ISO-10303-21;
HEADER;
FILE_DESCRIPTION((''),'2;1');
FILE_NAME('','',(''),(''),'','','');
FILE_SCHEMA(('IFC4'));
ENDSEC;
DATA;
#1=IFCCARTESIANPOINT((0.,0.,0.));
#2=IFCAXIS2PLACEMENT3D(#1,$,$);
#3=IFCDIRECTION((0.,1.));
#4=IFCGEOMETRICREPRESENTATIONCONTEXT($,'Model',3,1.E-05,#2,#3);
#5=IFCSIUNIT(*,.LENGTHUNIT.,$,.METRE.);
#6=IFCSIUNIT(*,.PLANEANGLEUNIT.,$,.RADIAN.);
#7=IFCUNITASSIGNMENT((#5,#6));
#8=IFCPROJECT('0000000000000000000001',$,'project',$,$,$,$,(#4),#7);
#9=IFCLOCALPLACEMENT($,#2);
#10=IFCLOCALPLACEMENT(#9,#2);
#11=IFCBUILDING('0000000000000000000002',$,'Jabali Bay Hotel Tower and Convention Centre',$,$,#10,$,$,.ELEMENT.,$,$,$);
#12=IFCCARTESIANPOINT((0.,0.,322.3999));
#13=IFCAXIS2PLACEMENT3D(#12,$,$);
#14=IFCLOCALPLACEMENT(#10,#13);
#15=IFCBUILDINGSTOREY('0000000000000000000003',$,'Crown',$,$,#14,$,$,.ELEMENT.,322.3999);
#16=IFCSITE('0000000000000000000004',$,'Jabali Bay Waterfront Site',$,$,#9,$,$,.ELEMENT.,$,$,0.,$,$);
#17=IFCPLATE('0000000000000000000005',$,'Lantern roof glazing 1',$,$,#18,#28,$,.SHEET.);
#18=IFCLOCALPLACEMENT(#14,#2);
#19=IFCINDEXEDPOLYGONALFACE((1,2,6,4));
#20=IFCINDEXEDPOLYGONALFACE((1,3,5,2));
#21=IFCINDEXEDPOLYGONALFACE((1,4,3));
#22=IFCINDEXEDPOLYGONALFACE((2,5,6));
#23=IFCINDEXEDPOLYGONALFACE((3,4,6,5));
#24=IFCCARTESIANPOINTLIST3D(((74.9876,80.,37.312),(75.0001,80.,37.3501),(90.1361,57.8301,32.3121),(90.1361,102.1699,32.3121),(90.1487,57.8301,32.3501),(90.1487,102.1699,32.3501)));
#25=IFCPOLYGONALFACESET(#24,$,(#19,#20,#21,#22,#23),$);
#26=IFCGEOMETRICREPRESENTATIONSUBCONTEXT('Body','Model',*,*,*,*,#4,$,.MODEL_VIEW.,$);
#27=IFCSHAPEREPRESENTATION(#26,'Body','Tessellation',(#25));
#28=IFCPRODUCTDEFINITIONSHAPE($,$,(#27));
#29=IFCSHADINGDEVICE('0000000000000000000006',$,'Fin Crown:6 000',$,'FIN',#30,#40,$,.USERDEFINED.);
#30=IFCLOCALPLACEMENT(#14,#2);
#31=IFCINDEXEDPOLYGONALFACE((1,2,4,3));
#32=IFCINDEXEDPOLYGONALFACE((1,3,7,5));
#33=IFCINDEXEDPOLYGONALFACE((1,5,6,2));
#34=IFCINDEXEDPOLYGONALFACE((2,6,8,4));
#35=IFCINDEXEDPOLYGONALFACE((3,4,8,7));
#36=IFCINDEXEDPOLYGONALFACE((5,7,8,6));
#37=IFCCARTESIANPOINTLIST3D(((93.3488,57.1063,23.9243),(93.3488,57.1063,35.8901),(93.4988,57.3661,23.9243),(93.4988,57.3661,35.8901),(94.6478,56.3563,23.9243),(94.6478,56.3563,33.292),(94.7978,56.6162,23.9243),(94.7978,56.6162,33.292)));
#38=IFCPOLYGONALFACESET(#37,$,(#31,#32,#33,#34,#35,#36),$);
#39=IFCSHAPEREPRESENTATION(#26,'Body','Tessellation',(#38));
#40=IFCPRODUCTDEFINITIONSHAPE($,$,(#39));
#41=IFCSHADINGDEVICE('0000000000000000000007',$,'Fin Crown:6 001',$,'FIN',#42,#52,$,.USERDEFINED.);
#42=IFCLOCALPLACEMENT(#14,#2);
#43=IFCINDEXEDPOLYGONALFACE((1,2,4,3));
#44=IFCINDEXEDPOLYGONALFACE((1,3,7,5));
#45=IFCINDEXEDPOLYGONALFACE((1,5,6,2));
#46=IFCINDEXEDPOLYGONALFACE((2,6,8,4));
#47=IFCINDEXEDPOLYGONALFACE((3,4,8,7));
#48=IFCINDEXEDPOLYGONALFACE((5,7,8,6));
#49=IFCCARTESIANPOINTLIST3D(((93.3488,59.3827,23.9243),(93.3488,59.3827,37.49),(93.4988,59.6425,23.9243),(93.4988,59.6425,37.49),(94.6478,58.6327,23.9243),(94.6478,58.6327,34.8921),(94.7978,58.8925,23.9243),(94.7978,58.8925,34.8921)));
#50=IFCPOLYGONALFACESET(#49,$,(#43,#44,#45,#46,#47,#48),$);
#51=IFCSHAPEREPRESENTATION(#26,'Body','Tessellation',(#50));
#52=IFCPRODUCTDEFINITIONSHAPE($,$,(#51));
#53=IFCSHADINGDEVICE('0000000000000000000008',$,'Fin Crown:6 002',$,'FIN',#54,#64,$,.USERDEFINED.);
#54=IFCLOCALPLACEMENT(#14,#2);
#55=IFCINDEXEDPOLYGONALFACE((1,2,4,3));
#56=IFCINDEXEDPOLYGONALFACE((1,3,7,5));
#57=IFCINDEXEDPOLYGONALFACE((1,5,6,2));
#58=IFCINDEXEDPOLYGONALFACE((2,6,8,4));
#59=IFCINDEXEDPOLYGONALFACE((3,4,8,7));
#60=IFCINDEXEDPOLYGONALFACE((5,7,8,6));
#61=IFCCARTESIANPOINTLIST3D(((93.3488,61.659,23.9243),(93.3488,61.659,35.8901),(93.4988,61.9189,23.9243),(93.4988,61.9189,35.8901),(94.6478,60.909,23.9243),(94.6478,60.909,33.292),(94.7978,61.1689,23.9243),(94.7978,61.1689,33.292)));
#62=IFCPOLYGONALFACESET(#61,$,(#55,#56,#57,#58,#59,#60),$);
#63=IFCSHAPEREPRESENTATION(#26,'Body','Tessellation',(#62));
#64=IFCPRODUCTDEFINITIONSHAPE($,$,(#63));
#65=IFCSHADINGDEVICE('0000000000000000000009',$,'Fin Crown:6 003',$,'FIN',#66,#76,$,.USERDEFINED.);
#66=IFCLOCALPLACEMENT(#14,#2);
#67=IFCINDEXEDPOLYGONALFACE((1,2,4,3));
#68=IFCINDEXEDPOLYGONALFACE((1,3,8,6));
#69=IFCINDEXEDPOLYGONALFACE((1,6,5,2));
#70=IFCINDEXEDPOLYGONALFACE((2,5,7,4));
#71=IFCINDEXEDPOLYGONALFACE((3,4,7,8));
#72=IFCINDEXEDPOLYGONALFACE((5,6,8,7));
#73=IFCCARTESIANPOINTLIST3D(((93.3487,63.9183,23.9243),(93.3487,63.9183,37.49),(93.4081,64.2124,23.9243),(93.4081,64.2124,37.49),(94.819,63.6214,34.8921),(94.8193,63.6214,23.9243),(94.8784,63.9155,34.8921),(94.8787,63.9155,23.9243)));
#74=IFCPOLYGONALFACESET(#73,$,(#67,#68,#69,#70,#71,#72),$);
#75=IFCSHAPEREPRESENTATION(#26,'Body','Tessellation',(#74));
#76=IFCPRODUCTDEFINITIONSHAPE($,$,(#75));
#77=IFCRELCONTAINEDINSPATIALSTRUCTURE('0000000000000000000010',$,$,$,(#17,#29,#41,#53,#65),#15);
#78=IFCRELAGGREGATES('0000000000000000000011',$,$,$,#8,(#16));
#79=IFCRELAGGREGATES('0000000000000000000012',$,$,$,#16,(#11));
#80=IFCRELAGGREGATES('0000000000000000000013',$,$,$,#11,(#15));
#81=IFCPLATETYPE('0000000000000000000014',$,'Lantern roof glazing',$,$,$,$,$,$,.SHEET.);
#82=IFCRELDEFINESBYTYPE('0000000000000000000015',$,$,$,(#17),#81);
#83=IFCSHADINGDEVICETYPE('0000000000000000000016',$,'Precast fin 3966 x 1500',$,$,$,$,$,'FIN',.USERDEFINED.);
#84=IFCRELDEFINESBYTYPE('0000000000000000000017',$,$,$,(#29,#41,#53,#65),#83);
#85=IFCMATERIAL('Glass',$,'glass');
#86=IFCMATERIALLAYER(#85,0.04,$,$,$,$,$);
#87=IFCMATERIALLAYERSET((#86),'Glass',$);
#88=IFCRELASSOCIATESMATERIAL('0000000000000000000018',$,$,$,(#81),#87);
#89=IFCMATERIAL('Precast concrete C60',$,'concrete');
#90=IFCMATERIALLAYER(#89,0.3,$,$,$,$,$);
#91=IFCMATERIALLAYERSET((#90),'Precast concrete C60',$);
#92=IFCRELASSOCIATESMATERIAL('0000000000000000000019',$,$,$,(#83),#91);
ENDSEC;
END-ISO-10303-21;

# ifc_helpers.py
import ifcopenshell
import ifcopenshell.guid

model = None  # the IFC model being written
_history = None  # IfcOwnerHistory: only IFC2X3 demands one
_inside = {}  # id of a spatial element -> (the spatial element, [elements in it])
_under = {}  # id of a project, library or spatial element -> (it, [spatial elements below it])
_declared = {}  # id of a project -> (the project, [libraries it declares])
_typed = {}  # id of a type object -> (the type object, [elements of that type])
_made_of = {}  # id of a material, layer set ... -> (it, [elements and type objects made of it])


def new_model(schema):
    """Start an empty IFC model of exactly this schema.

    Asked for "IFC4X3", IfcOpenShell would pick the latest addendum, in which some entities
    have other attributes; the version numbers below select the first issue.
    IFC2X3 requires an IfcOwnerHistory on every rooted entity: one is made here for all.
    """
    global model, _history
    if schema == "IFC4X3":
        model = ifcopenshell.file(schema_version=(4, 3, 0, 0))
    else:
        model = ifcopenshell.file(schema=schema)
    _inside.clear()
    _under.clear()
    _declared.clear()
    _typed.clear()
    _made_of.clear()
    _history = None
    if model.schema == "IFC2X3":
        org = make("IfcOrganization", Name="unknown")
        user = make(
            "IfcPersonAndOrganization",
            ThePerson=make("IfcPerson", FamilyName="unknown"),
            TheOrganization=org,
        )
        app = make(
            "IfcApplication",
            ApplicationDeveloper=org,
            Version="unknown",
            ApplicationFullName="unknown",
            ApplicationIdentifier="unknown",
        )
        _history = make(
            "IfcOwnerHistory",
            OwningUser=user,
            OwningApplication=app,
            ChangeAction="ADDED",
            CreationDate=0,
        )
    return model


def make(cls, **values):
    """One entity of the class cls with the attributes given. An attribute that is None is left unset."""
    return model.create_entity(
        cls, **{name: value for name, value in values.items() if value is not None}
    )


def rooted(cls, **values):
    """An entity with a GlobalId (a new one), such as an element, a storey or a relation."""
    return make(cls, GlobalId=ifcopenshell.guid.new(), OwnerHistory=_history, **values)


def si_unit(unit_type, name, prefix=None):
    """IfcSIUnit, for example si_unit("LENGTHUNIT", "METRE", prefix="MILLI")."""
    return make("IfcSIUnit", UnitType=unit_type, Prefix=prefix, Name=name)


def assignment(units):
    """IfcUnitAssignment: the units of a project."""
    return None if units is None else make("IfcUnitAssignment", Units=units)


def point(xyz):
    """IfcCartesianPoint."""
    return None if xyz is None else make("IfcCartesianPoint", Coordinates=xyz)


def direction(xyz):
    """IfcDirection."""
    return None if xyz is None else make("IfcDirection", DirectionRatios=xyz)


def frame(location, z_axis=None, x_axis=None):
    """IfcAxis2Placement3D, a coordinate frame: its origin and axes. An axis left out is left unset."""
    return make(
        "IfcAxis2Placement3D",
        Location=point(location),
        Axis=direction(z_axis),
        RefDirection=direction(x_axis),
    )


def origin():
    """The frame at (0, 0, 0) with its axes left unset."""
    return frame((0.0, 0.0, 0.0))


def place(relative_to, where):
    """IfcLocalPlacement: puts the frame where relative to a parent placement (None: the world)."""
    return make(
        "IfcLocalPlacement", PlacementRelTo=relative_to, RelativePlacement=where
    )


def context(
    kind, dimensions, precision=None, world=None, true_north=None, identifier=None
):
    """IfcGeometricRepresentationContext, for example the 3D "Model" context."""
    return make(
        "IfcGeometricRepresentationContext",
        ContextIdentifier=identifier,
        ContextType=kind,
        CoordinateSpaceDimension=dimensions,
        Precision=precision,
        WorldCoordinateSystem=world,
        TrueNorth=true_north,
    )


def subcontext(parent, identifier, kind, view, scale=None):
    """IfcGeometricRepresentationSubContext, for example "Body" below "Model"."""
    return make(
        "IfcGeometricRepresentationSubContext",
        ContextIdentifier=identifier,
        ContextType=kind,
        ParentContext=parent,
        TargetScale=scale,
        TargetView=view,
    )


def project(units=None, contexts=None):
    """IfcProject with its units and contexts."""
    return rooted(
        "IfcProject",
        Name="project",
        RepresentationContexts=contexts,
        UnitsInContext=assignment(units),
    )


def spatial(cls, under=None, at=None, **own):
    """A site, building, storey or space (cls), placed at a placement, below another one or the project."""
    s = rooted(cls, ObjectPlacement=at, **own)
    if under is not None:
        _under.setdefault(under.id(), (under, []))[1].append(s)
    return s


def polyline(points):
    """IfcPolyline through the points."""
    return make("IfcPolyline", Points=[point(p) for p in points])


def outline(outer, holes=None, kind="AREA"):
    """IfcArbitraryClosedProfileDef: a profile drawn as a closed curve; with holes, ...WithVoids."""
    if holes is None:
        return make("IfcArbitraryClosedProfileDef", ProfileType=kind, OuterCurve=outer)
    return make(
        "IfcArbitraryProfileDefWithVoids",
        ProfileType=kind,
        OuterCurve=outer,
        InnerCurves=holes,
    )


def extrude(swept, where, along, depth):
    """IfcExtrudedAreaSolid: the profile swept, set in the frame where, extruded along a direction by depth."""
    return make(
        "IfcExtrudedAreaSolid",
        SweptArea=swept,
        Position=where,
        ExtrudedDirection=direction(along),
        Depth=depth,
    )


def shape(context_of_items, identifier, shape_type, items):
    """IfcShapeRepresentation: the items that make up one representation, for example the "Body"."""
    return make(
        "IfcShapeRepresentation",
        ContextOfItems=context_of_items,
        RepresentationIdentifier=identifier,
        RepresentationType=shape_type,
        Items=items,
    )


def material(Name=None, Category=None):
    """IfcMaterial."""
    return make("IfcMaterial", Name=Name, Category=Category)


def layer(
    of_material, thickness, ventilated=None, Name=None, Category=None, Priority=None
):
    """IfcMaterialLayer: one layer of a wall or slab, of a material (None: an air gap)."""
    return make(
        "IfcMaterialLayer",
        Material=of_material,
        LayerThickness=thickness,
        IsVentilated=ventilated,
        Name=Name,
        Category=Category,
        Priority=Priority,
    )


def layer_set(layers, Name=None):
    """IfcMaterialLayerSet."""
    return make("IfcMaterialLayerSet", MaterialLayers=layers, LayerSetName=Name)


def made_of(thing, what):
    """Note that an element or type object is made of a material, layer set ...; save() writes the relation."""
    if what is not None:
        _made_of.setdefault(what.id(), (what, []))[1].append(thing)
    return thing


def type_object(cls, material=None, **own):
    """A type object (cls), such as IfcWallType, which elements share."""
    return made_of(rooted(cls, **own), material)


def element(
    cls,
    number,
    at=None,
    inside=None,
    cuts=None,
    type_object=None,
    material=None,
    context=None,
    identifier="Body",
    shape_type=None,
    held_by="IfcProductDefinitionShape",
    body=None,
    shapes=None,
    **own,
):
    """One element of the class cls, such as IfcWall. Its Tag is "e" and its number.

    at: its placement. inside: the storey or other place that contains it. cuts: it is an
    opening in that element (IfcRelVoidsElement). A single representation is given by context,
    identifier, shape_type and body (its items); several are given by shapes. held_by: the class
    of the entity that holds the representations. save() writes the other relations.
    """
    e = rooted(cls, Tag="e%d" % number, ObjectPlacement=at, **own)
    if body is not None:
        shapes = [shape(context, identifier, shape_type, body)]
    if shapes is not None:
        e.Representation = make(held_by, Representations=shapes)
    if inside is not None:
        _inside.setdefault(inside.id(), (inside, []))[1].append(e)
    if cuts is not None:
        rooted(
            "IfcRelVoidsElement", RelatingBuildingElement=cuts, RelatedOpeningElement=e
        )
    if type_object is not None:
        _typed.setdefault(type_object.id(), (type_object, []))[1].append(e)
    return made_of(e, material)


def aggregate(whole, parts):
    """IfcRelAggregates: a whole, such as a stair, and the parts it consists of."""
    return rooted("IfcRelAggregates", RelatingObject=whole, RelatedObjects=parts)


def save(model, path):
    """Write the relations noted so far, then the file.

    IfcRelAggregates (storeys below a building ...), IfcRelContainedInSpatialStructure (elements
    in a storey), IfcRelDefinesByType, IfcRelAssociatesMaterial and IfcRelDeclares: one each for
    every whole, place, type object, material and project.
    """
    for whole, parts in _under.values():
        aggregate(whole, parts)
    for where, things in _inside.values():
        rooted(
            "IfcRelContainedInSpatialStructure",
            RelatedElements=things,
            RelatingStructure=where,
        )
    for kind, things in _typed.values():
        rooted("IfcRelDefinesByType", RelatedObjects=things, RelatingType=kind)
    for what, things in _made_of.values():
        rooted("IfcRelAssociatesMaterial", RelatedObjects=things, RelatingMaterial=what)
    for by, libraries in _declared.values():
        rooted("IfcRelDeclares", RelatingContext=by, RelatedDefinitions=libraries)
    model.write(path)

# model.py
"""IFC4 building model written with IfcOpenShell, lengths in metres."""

from ifc_helpers import new_model, si_unit, direction, frame, origin, place, context, subcontext, project, spatial, polyline, outline, extrude, material, layer, layer_set, type_object, element, save


model = new_model("IFC4")

# Units and contexts
model_context = context("Model", 3, precision=1e-05, world=origin(), true_north=direction((0.0, 1.0)))
body_context = subcontext(model_context, "Body", "Model", "MODEL_VIEW")
ifc_project = project(units=[si_unit("LENGTHUNIT", "METRE"), si_unit("PLANEANGLEUNIT", "RADIAN")], contexts=[model_context])

# Site, building, storey
site_placement = place(None, origin())
site = spatial("IfcSite", under=ifc_project, at=site_placement, Name="Jabali Bay Waterfront Site", CompositionType="ELEMENT", RefElevation=0.0)
building_placement = place(site_placement, origin())
building = spatial("IfcBuilding", under=site, at=building_placement, Name="Jabali Bay Hotel Tower and Convention Centre", CompositionType="ELEMENT")
storey_placement = place(building_placement, frame((0.0, 0.0, 322.3999)))
storey = spatial("IfcBuildingStorey", under=building, at=storey_placement, Name="Crown", CompositionType="ELEMENT", Elevation=322.3999)

# Plate
ifc_material_1 = material(Name="Glass", Category="glass")
ifc_layer_1 = layer(ifc_material_1, 0.04)
ifc_layer_set_1 = layer_set([ifc_layer_1], Name="Glass")
plate_type_1 = type_object("IfcPlateType", Name="Lantern roof glazing", PredefinedType="SHEET", material=ifc_layer_set_1)
plate_1_placement = place(storey_placement, frame((90.1487, 57.8301, 32.3501), z_axis=(0.31343, 0.0, 0.949611), x_axis=(0.0, 1.0, 0.0)))
element("IfcPlate", 1, at=plate_1_placement, inside=storey, type_object=plate_type_1, Name="Lantern roof glazing 1", PredefinedType="SHEET", context=body_context, shape_type="SweptSolid", body=[
    extrude(outline(polyline([(0.0, 0.0), (44.3398, 0.0), (22.1699, 15.9524), (0.0, 0.0)])), origin(), (0.0, 0.0, -1.0), 0.04),
])

# Shading devices
ifc_material_2 = material(Name="Precast concrete C60", Category="concrete")
ifc_layer_2 = layer(ifc_material_2, 0.3)
ifc_layer_set_2 = layer_set([ifc_layer_2], Name="Precast concrete C60")
shading_device_type = type_object("IfcShadingDeviceType", Name="Precast fin 3966 x 1500", ElementType="FIN", PredefinedType="USERDEFINED", material=ifc_layer_set_2)
shading_device_1_placement = place(storey_placement, frame((93.4238, 57.2363, 23.9243), z_axis=(0.0, 0.0, 1.0), x_axis=(0.866031, -0.49999, 0.0)))
element("IfcShadingDevice", 2, at=shading_device_1_placement, inside=storey, type_object=shading_device_type, Name="Fin Crown:6 000", ObjectType="FIN", PredefinedType="USERDEFINED", context=body_context, shape_type="SweptSolid", body=[
    extrude(outline(polyline([(0.0, 0.0), (1.5, 0.0), (1.5, 9.3677), (0.0, 11.9658), (0.0, 0.0)])), frame((0.0, 0.1499, 0.0), z_axis=(0.0, -1.0, 0.0), x_axis=(1.0, 0.0, 0.0)), (0.0, 0.0, 1.0), 0.3),
])
shading_device_2_placement = place(storey_placement, frame((93.4238, 59.5127, 23.9243), z_axis=(0.0, 0.0, 1.0), x_axis=(0.866031, -0.49999, 0.0)))
element("IfcShadingDevice", 3, at=shading_device_2_placement, inside=storey, type_object=shading_device_type, Name="Fin Crown:6 001", ObjectType="FIN", PredefinedType="USERDEFINED", context=body_context, shape_type="SweptSolid", body=[
    extrude(outline(polyline([(0.0, 0.0), (1.5, 0.0), (1.5, 10.9678), (0.0, 13.5657), (0.0, 0.0)])), frame((0.0, 0.1499, 0.0), z_axis=(0.0, -1.0, 0.0), x_axis=(1.0, 0.0, 0.0)), (0.0, 0.0, 1.0), 0.3),
])
shading_device_3_placement = place(storey_placement, frame((93.4238, 61.7891, 23.9243), z_axis=(0.0, 0.0, 1.0), x_axis=(0.866031, -0.49999, 0.0)))
element("IfcShadingDevice", 4, at=shading_device_3_placement, inside=storey, type_object=shading_device_type, Name="Fin Crown:6 002", ObjectType="FIN", PredefinedType="USERDEFINED", context=body_context, shape_type="SweptSolid", body=[
    extrude(outline(polyline([(0.0, 0.0), (1.5, 0.0), (1.5, 9.3677), (0.0, 11.9658), (0.0, 0.0)])), frame((0.0, 0.1499, 0.0), z_axis=(0.0, -1.0, 0.0), x_axis=(1.0, 0.0, 0.0)), (0.0, 0.0, 1.0), 0.3),
])
shading_device_4_placement = place(storey_placement, frame((93.3784, 64.0654, 23.9243), z_axis=(0.0, 0.0, 1.0), x_axis=(0.980222, -0.1979, 0.0)))
element("IfcShadingDevice", 5, at=shading_device_4_placement, inside=storey, type_object=shading_device_type, Name="Fin Crown:6 003", ObjectType="FIN", PredefinedType="USERDEFINED", context=body_context, shape_type="SweptSolid", body=[
    extrude(outline(polyline([(0.0, 0.0), (1.5002, 0.0), (1.5, 10.9678), (0.0, 13.5657), (0.0, 0.0)])), frame((0.0, 0.1499, 0.0), z_axis=(0.0, -1.0, 0.0), x_axis=(1.0, 0.0, 0.0)), (0.0, 0.0, 1.0), 0.3),
])

save(model, "model.ifc")
